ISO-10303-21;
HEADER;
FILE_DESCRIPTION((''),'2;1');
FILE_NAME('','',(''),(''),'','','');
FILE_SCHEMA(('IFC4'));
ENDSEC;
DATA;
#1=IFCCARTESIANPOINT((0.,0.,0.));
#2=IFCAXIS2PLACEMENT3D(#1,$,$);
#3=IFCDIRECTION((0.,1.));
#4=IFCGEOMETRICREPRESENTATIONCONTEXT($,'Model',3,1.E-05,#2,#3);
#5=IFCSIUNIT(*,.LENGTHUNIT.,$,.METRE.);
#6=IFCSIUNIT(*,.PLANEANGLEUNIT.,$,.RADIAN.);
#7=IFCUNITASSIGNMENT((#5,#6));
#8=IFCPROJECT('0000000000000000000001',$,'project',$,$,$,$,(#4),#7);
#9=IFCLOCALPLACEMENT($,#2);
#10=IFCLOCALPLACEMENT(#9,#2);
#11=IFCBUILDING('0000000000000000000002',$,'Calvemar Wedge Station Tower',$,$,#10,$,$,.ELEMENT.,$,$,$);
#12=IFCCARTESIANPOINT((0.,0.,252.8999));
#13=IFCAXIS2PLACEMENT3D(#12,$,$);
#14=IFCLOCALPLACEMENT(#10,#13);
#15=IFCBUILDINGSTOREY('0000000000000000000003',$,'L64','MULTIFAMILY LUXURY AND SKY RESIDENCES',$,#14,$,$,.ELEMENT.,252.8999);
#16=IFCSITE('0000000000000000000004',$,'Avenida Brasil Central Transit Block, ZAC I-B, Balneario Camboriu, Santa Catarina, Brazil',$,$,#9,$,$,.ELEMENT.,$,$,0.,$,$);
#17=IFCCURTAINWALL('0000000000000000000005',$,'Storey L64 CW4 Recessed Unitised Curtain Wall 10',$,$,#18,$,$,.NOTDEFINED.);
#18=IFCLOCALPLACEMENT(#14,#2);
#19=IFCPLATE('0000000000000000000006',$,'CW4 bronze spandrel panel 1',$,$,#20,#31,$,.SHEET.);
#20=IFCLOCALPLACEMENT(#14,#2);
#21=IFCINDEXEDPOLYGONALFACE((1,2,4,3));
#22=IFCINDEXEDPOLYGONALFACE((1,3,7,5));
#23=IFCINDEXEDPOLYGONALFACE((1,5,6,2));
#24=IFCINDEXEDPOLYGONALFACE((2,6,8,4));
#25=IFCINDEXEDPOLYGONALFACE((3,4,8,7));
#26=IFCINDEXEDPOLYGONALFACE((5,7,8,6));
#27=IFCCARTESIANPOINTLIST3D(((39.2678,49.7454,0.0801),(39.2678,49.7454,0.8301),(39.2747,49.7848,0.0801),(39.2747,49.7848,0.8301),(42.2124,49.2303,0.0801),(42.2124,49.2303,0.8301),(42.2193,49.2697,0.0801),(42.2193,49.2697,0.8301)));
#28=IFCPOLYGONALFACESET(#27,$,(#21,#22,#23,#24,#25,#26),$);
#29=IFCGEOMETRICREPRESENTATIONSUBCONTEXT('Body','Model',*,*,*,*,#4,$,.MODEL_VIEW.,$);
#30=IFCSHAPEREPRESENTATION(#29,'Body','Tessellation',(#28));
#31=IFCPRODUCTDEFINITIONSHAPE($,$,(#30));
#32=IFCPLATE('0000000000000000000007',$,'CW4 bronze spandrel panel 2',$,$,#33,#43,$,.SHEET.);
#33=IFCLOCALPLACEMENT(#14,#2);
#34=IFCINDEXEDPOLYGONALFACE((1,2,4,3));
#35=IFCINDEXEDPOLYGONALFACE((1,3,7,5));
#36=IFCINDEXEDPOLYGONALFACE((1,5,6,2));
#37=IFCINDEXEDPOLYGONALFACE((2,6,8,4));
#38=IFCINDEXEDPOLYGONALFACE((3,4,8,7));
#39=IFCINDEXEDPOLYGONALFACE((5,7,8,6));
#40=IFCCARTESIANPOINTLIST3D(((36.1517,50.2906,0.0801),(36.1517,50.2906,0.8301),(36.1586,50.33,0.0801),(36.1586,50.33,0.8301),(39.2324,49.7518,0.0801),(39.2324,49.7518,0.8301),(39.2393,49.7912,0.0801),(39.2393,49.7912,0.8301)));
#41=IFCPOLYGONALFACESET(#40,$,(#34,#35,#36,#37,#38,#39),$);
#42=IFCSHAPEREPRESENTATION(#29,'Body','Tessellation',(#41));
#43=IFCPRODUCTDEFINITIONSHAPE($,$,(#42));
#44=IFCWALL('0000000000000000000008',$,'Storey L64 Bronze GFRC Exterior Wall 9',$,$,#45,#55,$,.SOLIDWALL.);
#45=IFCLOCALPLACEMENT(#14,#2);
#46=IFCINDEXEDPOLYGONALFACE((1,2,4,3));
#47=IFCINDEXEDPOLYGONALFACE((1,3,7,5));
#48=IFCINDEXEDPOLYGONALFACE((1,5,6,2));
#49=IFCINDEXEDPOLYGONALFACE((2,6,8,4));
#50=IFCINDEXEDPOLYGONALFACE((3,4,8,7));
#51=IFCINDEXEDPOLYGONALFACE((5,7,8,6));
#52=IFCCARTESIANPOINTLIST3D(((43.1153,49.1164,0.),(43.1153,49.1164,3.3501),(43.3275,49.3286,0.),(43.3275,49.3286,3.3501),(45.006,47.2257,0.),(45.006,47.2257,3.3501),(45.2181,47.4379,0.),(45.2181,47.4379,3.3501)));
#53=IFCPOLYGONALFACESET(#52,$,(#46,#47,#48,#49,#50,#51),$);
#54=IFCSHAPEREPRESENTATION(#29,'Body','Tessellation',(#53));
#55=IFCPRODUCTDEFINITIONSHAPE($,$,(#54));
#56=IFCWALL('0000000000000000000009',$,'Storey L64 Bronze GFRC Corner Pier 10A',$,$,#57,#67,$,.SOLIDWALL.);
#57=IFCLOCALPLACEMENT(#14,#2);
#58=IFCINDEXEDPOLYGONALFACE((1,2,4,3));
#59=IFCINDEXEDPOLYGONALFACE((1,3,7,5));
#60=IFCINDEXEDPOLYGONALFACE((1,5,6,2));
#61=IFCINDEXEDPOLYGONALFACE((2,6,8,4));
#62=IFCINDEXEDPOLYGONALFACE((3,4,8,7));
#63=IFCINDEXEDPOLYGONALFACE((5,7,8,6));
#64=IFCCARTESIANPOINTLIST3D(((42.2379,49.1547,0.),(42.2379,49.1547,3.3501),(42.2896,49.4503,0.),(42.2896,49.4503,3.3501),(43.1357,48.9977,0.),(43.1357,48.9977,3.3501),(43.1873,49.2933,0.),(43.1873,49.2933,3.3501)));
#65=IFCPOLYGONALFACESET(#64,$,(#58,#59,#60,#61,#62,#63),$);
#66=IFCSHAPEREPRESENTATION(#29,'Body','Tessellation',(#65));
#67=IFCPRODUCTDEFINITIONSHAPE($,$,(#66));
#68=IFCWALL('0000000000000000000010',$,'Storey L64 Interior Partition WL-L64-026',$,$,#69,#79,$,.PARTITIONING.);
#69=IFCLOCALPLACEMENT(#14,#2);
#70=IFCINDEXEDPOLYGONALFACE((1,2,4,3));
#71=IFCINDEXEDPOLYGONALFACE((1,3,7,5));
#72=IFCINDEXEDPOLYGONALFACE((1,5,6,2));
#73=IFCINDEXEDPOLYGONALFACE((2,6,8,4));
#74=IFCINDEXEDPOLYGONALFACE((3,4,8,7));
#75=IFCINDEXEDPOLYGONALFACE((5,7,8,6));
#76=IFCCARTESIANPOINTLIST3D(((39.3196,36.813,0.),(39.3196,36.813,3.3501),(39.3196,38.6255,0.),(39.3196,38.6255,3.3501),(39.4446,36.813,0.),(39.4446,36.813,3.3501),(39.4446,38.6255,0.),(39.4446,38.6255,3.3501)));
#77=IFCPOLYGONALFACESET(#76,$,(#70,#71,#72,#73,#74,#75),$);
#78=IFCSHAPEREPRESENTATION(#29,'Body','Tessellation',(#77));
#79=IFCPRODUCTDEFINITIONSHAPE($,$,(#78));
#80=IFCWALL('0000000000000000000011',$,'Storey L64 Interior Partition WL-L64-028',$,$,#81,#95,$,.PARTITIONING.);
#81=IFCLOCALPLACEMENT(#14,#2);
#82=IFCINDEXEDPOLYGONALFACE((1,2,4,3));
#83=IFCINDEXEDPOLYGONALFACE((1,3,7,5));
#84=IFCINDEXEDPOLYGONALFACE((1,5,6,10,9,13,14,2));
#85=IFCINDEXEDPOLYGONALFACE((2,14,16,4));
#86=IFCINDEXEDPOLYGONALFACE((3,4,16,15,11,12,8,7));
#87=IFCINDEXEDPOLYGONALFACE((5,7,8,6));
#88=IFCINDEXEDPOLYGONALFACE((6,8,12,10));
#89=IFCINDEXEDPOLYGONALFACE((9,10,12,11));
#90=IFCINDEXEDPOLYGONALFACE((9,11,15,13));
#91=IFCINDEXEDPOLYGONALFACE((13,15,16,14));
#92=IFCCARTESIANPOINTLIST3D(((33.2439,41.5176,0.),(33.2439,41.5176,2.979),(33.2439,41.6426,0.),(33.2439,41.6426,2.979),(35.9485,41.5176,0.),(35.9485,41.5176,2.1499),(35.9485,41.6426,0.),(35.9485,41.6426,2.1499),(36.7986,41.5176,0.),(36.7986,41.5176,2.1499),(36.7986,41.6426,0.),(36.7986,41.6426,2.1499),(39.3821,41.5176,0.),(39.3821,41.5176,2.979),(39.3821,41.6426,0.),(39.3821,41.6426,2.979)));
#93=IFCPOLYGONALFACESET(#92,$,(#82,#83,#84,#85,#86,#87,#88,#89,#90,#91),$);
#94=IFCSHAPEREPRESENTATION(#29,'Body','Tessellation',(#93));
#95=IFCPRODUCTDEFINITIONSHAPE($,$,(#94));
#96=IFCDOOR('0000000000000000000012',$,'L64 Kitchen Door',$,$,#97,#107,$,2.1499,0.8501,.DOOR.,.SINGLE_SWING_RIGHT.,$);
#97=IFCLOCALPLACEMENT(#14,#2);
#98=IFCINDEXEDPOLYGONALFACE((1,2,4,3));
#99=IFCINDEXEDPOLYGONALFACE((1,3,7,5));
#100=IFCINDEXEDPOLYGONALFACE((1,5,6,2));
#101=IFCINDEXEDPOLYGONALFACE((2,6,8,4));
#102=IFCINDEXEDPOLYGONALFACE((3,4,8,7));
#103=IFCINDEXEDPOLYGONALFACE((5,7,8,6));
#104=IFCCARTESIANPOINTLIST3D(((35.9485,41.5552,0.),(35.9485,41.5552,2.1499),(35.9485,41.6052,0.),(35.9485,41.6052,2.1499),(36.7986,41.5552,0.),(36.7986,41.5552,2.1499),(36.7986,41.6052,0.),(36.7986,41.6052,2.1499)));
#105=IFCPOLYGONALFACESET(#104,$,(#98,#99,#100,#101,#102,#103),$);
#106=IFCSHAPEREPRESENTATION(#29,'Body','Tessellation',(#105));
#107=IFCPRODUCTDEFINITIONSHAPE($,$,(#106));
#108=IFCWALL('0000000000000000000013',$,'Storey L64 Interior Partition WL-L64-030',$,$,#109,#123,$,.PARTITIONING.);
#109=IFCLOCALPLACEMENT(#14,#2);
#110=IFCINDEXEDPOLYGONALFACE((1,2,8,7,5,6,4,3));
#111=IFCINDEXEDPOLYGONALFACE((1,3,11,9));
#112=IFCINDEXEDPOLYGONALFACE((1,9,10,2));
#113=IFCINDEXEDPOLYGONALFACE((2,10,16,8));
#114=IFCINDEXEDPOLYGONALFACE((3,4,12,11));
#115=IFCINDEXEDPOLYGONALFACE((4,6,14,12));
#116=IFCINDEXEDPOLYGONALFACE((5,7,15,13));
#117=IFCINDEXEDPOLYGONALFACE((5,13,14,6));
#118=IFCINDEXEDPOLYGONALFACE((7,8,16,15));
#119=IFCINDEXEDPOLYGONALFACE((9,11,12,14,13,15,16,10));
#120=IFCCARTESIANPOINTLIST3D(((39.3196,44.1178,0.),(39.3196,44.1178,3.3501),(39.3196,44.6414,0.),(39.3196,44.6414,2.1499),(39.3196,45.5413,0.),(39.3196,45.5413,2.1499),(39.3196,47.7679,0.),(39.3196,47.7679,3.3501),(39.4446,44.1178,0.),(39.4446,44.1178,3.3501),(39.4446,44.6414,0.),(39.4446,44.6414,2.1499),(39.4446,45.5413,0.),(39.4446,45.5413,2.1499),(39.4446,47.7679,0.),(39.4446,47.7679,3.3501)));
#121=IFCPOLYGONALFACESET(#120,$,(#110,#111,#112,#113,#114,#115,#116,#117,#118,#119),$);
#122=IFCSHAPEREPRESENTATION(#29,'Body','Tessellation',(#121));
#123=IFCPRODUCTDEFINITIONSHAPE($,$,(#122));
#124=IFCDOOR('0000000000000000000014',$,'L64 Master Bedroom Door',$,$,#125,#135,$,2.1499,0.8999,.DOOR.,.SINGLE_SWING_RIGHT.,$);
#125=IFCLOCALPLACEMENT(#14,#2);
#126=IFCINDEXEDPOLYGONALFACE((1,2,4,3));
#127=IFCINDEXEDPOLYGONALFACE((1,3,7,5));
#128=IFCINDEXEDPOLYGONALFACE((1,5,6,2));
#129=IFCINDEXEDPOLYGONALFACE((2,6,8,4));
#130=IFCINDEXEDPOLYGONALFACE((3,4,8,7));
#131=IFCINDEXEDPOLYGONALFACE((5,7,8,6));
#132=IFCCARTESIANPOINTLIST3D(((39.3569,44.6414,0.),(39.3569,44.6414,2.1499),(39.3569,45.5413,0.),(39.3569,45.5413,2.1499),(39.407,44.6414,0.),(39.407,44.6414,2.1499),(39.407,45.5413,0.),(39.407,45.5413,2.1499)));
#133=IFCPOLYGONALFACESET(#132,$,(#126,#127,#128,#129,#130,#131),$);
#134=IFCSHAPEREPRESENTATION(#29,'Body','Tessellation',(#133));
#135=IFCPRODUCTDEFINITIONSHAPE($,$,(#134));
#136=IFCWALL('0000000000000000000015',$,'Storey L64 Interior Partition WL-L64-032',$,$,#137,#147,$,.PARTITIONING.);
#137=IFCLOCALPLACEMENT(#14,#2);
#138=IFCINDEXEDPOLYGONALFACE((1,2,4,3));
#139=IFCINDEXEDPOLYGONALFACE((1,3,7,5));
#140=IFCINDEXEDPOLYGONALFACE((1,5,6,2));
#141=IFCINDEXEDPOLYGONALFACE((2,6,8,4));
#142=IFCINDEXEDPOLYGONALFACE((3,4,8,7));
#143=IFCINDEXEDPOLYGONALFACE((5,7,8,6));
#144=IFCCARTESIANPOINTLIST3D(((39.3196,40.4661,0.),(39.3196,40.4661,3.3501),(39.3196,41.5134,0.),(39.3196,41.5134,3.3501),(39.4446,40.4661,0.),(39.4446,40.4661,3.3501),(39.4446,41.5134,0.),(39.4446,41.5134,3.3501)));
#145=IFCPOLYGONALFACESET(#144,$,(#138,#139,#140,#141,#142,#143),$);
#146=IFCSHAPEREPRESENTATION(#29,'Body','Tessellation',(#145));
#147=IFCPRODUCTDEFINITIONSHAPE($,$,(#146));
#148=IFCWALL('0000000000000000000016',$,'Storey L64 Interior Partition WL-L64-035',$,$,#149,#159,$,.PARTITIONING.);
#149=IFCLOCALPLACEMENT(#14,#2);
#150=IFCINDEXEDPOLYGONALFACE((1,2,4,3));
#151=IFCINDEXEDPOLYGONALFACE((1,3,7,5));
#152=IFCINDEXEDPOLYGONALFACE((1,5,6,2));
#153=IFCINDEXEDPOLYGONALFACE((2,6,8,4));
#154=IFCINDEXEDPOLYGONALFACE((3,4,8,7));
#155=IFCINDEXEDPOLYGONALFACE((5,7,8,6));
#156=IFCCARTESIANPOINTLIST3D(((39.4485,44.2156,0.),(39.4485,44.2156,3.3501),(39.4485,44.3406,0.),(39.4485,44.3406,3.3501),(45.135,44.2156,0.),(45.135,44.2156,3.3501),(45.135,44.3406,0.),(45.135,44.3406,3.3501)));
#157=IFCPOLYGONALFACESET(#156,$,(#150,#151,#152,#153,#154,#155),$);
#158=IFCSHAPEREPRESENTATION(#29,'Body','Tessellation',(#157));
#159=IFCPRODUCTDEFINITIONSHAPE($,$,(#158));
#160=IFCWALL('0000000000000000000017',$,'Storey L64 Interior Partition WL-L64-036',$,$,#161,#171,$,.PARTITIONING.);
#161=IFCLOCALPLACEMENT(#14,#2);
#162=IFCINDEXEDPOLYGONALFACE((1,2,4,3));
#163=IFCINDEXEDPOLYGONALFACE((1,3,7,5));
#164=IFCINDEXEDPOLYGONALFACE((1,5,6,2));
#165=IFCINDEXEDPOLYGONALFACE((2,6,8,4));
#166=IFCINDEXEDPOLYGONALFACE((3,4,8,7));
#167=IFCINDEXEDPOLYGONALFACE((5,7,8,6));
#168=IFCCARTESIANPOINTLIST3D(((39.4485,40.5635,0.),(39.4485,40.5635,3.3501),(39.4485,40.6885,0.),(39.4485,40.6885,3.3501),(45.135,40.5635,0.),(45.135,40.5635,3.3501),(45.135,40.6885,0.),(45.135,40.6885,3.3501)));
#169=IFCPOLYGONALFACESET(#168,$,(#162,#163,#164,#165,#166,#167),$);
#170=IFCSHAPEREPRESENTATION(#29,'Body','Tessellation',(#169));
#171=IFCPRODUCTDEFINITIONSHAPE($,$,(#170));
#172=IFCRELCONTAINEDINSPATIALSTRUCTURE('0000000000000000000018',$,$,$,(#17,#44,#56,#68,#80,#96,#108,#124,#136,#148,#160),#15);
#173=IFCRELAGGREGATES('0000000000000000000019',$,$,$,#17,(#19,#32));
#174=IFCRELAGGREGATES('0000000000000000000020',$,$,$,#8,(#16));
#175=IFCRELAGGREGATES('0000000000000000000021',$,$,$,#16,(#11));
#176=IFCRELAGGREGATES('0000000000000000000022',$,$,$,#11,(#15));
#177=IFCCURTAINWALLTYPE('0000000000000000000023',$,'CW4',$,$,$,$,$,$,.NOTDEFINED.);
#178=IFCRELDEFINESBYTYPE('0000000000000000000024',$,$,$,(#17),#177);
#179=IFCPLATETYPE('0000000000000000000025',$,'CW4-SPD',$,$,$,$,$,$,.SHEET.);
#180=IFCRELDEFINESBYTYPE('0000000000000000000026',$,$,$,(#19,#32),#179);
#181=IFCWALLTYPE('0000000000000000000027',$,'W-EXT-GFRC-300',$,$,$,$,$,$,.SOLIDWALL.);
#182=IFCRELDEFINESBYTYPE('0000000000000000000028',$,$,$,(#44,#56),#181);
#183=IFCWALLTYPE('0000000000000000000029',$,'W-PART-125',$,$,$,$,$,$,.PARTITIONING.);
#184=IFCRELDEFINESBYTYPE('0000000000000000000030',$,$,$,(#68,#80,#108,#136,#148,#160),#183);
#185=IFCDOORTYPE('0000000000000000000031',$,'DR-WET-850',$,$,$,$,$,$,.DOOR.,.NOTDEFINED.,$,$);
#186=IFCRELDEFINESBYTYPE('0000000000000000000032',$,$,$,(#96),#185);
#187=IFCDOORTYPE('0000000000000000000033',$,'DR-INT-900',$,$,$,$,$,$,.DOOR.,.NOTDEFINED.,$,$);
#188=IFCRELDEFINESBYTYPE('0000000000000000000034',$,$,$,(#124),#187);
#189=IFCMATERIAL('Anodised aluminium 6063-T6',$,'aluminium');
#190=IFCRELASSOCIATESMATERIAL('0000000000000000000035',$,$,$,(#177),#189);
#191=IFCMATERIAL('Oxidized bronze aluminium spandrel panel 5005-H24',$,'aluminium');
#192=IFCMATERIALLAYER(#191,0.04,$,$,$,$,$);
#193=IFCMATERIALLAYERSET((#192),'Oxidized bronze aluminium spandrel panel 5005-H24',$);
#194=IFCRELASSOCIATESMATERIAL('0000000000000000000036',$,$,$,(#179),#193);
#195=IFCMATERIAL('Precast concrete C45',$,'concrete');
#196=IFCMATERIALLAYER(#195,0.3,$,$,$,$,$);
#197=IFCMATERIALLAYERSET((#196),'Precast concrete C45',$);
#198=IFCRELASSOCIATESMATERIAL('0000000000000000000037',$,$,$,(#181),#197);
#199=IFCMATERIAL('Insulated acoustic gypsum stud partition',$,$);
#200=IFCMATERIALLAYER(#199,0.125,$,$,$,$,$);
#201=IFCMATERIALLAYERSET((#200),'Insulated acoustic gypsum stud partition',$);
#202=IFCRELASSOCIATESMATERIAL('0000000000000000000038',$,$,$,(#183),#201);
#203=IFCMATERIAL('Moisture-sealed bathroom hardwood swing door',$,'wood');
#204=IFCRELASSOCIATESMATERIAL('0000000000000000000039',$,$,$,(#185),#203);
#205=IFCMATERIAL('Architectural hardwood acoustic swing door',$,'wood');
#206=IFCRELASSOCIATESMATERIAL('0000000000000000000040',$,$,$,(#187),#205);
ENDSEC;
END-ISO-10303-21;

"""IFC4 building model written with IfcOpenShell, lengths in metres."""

from ifc_helpers import new_model, si_unit, direction, frame, frame_2d, origin, place, context, subcontext, project, spatial, rectangle, extrude, source, transform, mapped, material, layer, layer_set, type_object, element, fill, aggregate, save


model = new_model("IFC4")

# Units and contexts
model_context = context("Model", 3, precision=1e-05, world=origin(), true_north=direction((0.0, 1.0)))
body_context = subcontext(model_context, "Body", "Model", "MODEL_VIEW")
ifc_project = project(units=[si_unit("LENGTHUNIT", "METRE"), si_unit("PLANEANGLEUNIT", "RADIAN")], contexts=[model_context])

# Site, building, storey
site_placement = place(None, origin())
site = spatial("IfcSite", under=ifc_project, at=site_placement, Name="Avenida Brasil Central Transit Block, ZAC I-B, Balneario Camboriu, Santa Catarina, Brazil", CompositionType="ELEMENT", RefElevation=0.0)
building_placement = place(site_placement, origin())
building = spatial("IfcBuilding", under=site, at=building_placement, Name="Calvemar Wedge Station Tower", CompositionType="ELEMENT")
storey_placement = place(building_placement, frame((0.0, 0.0, 252.8999)))
storey = spatial("IfcBuildingStorey", under=building, at=storey_placement, Name="L64", Description="MULTIFAMILY LUXURY AND SKY RESIDENCES", CompositionType="ELEMENT", Elevation=252.8999)

# Curtain wall, plates
ifc_material_1 = material(Name="Anodised aluminium 6063-T6", Category="aluminium")
curtain_wall_type = type_object("IfcCurtainWallType", Name="CW4", PredefinedType="NOTDEFINED", material=ifc_material_1)
curtain_wall_placement = place(storey_placement, origin())
curtain_wall = element("IfcCurtainWall", 1, at=curtain_wall_placement, inside=storey, type_object=curtain_wall_type, Name="Storey L64 CW4 Recessed Unitised Curtain Wall 10", PredefinedType="NOTDEFINED")
ifc_material_2 = material(Name="Oxidized bronze aluminium spandrel panel 5005-H24", Category="aluminium")
ifc_layer_1 = layer(ifc_material_2, 0.04)
ifc_layer_set_1 = layer_set([ifc_layer_1], Name="Oxidized bronze aluminium spandrel panel 5005-H24")
plate_type_1 = type_object("IfcPlateType", Name="CW4-SPD", PredefinedType="SHEET", material=ifc_layer_set_1)
plate_1_placement = place(storey_placement, frame((42.2158, 49.25, 0.0801), z_axis=(0.0, 0.0, 1.0), x_axis=(-0.98504, 0.172327, 0.0)))
plate_1 = element("IfcPlate", 2, at=plate_1_placement, type_object=plate_type_1, Name="CW4 bronze spandrel panel 1", PredefinedType="SHEET", context=body_context, shape_type="SweptSolid", body=[
    extrude(rectangle(XDim=2.9893, YDim=0.04, at=frame_2d((1.4946, 0.0))), origin(), (0.0, 0.0, 1.0), 0.75),
])
plate_2_placement = place(storey_placement, frame((39.2358, 49.7715, 0.0801), z_axis=(0.0, 0.0, 1.0), x_axis=(-0.985046, 0.172293, 0.0)))
plate_2 = element("IfcPlate", 3, at=plate_2_placement, type_object=plate_type_1, Name="CW4 bronze spandrel panel 2", PredefinedType="SHEET", context=body_context, shape_type="SweptSolid", body=[
    extrude(rectangle(XDim=3.1274, YDim=0.04, at=frame_2d((1.5637, 0.0))), origin(), (0.0, 0.0, 1.0), 0.75),
])
aggregate(curtain_wall, [plate_1, plate_2])

# Walls
ifc_material_3 = material(Name="Precast concrete C45", Category="concrete")
ifc_layer_2 = layer(ifc_material_3, 0.3)
ifc_layer_set_2 = layer_set([ifc_layer_2], Name="Precast concrete C45")
wall_type_1 = type_object("IfcWallType", Name="W-EXT-GFRC-300", PredefinedType="SOLIDWALL", material=ifc_layer_set_2)
wall_1_placement = place(storey_placement, frame((45.1121, 47.3318, 0.0), z_axis=(0.0, 0.0, 1.0), x_axis=(-0.707107, 0.707107, 0.0)))
element("IfcWall", 4, at=wall_1_placement, inside=storey, type_object=wall_type_1, Name="Storey L64 Bronze GFRC Exterior Wall 9", PredefinedType="SOLIDWALL", context=body_context, shape_type="SweptSolid", body=[
    extrude(rectangle(XDim=2.6738, YDim=0.3, at=frame_2d((1.3369, 0.0))), origin(), (0.0, 0.0, 1.0), 3.3501),
])
wall_2_placement = place(storey_placement, frame((43.1614, 49.1455, 0.0), z_axis=(0.0, 0.0, 1.0), x_axis=(-0.985052, 0.172257, 0.0)))
element("IfcWall", 5, at=wall_2_placement, inside=storey, type_object=wall_type_1, Name="Storey L64 Bronze GFRC Corner Pier 10A", PredefinedType="SOLIDWALL", context=body_context, shape_type="SweptSolid", body=[
    extrude(rectangle(XDim=0.9114, YDim=0.3, at=frame_2d((0.4556, 0.0))), origin(), (0.0, 0.0, 1.0), 3.3501),
])
ifc_material_4 = material(Name="Insulated acoustic gypsum stud partition")
ifc_layer_3 = layer(ifc_material_4, 0.125)
ifc_layer_set_3 = layer_set([ifc_layer_3], Name="Insulated acoustic gypsum stud partition")
wall_type_2 = type_object("IfcWallType", Name="W-PART-125", PredefinedType="PARTITIONING", material=ifc_layer_set_3)
wall_3_placement = place(storey_placement, frame((39.3821, 38.6255, 0.0), z_axis=(0.0, 0.0, 1.0), x_axis=(0.0, -1.0, 0.0)))
element("IfcWall", 6, at=wall_3_placement, inside=storey, type_object=wall_type_2, Name="Storey L64 Interior Partition WL-L64-026", PredefinedType="PARTITIONING", context=body_context, shape_type="SweptSolid", body=[
    extrude(rectangle(XDim=1.8125, YDim=0.125, at=frame_2d((0.9062, 0.0))), origin(), (0.0, 0.0, 1.0), 3.3501),
])

# Walls, openings, doors
wall_4_placement = place(storey_placement, frame((39.3821, 41.5801, 0.0), z_axis=(0.0, 0.0, 1.0), x_axis=(-1.0, 0.0, 0.0)))
wall_4 = element("IfcWall", 7, at=wall_4_placement, inside=storey, type_object=wall_type_2, Name="Storey L64 Interior Partition WL-L64-028", PredefinedType="PARTITIONING", context=body_context, shape_type="SweptSolid", body=[
    extrude(rectangle(XDim=6.1382, YDim=0.125, at=frame_2d((3.0691, 0.0))), origin(), (0.0, 0.0, 1.0), 2.979),
])
shared_shape_1 = source(origin(), body_context, "Body", "SweptSolid", [
    extrude(rectangle(XDim=0.8501, YDim=2.1499, at=frame_2d((0.425, 1.075))), frame((0.0, 0.0725, 0.0), z_axis=(0.0, -1.0, 0.0), x_axis=(1.0, 0.0, 0.0)), (0.0, 0.0, 1.0), 0.145),
])
opening_1_placement = place(wall_4_placement, frame((2.5835, 0.0, 0.0)))
opening_1 = element("IfcOpeningElement", 8, at=opening_1_placement, cuts=wall_4, PredefinedType="OPENING", context=body_context, shape_type="MappedRepresentation", body=[
    mapped(shared_shape_1, transform((0.0, 0.0, 0.0), scale=1.0)),
])
ifc_material_5 = material(Name="Moisture-sealed bathroom hardwood swing door", Category="wood")
door_type_1 = type_object("IfcDoorType", Name="DR-WET-850", OperationType="NOTDEFINED", PredefinedType="DOOR", material=ifc_material_5)
shared_shape_2 = source(origin(), body_context, "Body", "SweptSolid", [
    extrude(rectangle(XDim=0.8501, YDim=2.1499, at=frame_2d((0.425, 1.075))), frame((0.0, 0.0249, 0.0), z_axis=(0.0, -1.0, 0.0), x_axis=(1.0, 0.0, 0.0)), (0.0, 0.0, 1.0), 0.05),
])
door_1_placement = place(opening_1_placement, origin())
door_1 = element("IfcDoor", 9, at=door_1_placement, inside=storey, type_object=door_type_1, Name="L64 Kitchen Door", OperationType="SINGLE_SWING_RIGHT", OverallHeight=2.1499, OverallWidth=0.8501, PredefinedType="DOOR", context=body_context, shape_type="MappedRepresentation", body=[
    mapped(shared_shape_2, transform((0.0, 0.0, 0.0), scale=1.0)),
])
fill(opening_1, door_1)
wall_5_placement = place(storey_placement, frame((39.3821, 47.7681, 0.0), z_axis=(0.0, 0.0, 1.0), x_axis=(0.0, -1.0, 0.0)))
wall_5 = element("IfcWall", 10, at=wall_5_placement, inside=storey, type_object=wall_type_2, Name="Storey L64 Interior Partition WL-L64-030", PredefinedType="PARTITIONING", context=body_context, shape_type="SweptSolid", body=[
    extrude(rectangle(XDim=3.6501, YDim=0.125, at=frame_2d((1.8252, 0.0))), origin(), (0.0, 0.0, 1.0), 3.3501),
])
shared_shape_3 = source(origin(), body_context, "Body", "SweptSolid", [
    extrude(rectangle(XDim=0.8999, YDim=2.1499, at=frame_2d((0.45, 1.075))), frame((0.0, 0.0725, 0.0), z_axis=(0.0, -1.0, 0.0), x_axis=(1.0, 0.0, 0.0)), (0.0, 0.0, 1.0), 0.145),
])
opening_2_placement = place(wall_5_placement, frame((2.2268, 0.0, 0.0)))
opening_2 = element("IfcOpeningElement", 11, at=opening_2_placement, cuts=wall_5, PredefinedType="OPENING", context=body_context, shape_type="MappedRepresentation", body=[
    mapped(shared_shape_3, transform((0.0, 0.0, 0.0), scale=1.0)),
])
ifc_material_6 = material(Name="Architectural hardwood acoustic swing door", Category="wood")
door_type_2 = type_object("IfcDoorType", Name="DR-INT-900", OperationType="NOTDEFINED", PredefinedType="DOOR", material=ifc_material_6)
shared_shape_4 = source(origin(), body_context, "Body", "SweptSolid", [
    extrude(rectangle(XDim=0.8999, YDim=2.1499, at=frame_2d((0.45, 1.075))), frame((0.0, 0.0249, 0.0), z_axis=(0.0, -1.0, 0.0), x_axis=(1.0, 0.0, 0.0)), (0.0, 0.0, 1.0), 0.05),
])
door_2_placement = place(opening_2_placement, origin())
door_2 = element("IfcDoor", 12, at=door_2_placement, inside=storey, type_object=door_type_2, Name="L64 Master Bedroom Door", OperationType="SINGLE_SWING_RIGHT", OverallHeight=2.1499, OverallWidth=0.8999, PredefinedType="DOOR", context=body_context, shape_type="MappedRepresentation", body=[
    mapped(shared_shape_4, transform((0.0, 0.0, 0.0), scale=1.0)),
])
fill(opening_2, door_2)

# Wall
wall_6_placement = place(storey_placement, frame((39.3821, 41.5134, 0.0), z_axis=(0.0, 0.0, 1.0), x_axis=(0.0, -1.0, 0.0)))
element("IfcWall", 13, at=wall_6_placement, inside=storey, type_object=wall_type_2, Name="Storey L64 Interior Partition WL-L64-032", PredefinedType="PARTITIONING", context=body_context, shape_type="SweptSolid", body=[
    extrude(rectangle(XDim=1.0474, YDim=0.125, at=frame_2d((0.5237, 0.0))), origin(), (0.0, 0.0, 1.0), 3.3501),
])

# Walls
for number, where, z_axis, x_axis, name in (
    (14, (45.135, 44.2781, 0.0), (0.0, 0.0, 1.0), (-1.0, 0.0, 0.0), "Storey L64 Interior Partition WL-L64-035"),
    (15, (45.135, 40.626, 0.0), (0.0, 0.0, 1.0), (-1.0, 0.0, 0.0), "Storey L64 Interior Partition WL-L64-036"),
):
    element("IfcWall", number, at=place(storey_placement, frame(where, z_axis=z_axis, x_axis=x_axis)), inside=storey, type_object=wall_type_2, Name=name, PredefinedType="PARTITIONING", context=body_context, shape_type="SweptSolid", body=[
        extrude(rectangle(XDim=5.6865, YDim=0.125, at=frame_2d((2.8433, 0.0))), origin(), (0.0, 0.0, 1.0), 3.3501),
    ])

save(model, "model.ifc")
